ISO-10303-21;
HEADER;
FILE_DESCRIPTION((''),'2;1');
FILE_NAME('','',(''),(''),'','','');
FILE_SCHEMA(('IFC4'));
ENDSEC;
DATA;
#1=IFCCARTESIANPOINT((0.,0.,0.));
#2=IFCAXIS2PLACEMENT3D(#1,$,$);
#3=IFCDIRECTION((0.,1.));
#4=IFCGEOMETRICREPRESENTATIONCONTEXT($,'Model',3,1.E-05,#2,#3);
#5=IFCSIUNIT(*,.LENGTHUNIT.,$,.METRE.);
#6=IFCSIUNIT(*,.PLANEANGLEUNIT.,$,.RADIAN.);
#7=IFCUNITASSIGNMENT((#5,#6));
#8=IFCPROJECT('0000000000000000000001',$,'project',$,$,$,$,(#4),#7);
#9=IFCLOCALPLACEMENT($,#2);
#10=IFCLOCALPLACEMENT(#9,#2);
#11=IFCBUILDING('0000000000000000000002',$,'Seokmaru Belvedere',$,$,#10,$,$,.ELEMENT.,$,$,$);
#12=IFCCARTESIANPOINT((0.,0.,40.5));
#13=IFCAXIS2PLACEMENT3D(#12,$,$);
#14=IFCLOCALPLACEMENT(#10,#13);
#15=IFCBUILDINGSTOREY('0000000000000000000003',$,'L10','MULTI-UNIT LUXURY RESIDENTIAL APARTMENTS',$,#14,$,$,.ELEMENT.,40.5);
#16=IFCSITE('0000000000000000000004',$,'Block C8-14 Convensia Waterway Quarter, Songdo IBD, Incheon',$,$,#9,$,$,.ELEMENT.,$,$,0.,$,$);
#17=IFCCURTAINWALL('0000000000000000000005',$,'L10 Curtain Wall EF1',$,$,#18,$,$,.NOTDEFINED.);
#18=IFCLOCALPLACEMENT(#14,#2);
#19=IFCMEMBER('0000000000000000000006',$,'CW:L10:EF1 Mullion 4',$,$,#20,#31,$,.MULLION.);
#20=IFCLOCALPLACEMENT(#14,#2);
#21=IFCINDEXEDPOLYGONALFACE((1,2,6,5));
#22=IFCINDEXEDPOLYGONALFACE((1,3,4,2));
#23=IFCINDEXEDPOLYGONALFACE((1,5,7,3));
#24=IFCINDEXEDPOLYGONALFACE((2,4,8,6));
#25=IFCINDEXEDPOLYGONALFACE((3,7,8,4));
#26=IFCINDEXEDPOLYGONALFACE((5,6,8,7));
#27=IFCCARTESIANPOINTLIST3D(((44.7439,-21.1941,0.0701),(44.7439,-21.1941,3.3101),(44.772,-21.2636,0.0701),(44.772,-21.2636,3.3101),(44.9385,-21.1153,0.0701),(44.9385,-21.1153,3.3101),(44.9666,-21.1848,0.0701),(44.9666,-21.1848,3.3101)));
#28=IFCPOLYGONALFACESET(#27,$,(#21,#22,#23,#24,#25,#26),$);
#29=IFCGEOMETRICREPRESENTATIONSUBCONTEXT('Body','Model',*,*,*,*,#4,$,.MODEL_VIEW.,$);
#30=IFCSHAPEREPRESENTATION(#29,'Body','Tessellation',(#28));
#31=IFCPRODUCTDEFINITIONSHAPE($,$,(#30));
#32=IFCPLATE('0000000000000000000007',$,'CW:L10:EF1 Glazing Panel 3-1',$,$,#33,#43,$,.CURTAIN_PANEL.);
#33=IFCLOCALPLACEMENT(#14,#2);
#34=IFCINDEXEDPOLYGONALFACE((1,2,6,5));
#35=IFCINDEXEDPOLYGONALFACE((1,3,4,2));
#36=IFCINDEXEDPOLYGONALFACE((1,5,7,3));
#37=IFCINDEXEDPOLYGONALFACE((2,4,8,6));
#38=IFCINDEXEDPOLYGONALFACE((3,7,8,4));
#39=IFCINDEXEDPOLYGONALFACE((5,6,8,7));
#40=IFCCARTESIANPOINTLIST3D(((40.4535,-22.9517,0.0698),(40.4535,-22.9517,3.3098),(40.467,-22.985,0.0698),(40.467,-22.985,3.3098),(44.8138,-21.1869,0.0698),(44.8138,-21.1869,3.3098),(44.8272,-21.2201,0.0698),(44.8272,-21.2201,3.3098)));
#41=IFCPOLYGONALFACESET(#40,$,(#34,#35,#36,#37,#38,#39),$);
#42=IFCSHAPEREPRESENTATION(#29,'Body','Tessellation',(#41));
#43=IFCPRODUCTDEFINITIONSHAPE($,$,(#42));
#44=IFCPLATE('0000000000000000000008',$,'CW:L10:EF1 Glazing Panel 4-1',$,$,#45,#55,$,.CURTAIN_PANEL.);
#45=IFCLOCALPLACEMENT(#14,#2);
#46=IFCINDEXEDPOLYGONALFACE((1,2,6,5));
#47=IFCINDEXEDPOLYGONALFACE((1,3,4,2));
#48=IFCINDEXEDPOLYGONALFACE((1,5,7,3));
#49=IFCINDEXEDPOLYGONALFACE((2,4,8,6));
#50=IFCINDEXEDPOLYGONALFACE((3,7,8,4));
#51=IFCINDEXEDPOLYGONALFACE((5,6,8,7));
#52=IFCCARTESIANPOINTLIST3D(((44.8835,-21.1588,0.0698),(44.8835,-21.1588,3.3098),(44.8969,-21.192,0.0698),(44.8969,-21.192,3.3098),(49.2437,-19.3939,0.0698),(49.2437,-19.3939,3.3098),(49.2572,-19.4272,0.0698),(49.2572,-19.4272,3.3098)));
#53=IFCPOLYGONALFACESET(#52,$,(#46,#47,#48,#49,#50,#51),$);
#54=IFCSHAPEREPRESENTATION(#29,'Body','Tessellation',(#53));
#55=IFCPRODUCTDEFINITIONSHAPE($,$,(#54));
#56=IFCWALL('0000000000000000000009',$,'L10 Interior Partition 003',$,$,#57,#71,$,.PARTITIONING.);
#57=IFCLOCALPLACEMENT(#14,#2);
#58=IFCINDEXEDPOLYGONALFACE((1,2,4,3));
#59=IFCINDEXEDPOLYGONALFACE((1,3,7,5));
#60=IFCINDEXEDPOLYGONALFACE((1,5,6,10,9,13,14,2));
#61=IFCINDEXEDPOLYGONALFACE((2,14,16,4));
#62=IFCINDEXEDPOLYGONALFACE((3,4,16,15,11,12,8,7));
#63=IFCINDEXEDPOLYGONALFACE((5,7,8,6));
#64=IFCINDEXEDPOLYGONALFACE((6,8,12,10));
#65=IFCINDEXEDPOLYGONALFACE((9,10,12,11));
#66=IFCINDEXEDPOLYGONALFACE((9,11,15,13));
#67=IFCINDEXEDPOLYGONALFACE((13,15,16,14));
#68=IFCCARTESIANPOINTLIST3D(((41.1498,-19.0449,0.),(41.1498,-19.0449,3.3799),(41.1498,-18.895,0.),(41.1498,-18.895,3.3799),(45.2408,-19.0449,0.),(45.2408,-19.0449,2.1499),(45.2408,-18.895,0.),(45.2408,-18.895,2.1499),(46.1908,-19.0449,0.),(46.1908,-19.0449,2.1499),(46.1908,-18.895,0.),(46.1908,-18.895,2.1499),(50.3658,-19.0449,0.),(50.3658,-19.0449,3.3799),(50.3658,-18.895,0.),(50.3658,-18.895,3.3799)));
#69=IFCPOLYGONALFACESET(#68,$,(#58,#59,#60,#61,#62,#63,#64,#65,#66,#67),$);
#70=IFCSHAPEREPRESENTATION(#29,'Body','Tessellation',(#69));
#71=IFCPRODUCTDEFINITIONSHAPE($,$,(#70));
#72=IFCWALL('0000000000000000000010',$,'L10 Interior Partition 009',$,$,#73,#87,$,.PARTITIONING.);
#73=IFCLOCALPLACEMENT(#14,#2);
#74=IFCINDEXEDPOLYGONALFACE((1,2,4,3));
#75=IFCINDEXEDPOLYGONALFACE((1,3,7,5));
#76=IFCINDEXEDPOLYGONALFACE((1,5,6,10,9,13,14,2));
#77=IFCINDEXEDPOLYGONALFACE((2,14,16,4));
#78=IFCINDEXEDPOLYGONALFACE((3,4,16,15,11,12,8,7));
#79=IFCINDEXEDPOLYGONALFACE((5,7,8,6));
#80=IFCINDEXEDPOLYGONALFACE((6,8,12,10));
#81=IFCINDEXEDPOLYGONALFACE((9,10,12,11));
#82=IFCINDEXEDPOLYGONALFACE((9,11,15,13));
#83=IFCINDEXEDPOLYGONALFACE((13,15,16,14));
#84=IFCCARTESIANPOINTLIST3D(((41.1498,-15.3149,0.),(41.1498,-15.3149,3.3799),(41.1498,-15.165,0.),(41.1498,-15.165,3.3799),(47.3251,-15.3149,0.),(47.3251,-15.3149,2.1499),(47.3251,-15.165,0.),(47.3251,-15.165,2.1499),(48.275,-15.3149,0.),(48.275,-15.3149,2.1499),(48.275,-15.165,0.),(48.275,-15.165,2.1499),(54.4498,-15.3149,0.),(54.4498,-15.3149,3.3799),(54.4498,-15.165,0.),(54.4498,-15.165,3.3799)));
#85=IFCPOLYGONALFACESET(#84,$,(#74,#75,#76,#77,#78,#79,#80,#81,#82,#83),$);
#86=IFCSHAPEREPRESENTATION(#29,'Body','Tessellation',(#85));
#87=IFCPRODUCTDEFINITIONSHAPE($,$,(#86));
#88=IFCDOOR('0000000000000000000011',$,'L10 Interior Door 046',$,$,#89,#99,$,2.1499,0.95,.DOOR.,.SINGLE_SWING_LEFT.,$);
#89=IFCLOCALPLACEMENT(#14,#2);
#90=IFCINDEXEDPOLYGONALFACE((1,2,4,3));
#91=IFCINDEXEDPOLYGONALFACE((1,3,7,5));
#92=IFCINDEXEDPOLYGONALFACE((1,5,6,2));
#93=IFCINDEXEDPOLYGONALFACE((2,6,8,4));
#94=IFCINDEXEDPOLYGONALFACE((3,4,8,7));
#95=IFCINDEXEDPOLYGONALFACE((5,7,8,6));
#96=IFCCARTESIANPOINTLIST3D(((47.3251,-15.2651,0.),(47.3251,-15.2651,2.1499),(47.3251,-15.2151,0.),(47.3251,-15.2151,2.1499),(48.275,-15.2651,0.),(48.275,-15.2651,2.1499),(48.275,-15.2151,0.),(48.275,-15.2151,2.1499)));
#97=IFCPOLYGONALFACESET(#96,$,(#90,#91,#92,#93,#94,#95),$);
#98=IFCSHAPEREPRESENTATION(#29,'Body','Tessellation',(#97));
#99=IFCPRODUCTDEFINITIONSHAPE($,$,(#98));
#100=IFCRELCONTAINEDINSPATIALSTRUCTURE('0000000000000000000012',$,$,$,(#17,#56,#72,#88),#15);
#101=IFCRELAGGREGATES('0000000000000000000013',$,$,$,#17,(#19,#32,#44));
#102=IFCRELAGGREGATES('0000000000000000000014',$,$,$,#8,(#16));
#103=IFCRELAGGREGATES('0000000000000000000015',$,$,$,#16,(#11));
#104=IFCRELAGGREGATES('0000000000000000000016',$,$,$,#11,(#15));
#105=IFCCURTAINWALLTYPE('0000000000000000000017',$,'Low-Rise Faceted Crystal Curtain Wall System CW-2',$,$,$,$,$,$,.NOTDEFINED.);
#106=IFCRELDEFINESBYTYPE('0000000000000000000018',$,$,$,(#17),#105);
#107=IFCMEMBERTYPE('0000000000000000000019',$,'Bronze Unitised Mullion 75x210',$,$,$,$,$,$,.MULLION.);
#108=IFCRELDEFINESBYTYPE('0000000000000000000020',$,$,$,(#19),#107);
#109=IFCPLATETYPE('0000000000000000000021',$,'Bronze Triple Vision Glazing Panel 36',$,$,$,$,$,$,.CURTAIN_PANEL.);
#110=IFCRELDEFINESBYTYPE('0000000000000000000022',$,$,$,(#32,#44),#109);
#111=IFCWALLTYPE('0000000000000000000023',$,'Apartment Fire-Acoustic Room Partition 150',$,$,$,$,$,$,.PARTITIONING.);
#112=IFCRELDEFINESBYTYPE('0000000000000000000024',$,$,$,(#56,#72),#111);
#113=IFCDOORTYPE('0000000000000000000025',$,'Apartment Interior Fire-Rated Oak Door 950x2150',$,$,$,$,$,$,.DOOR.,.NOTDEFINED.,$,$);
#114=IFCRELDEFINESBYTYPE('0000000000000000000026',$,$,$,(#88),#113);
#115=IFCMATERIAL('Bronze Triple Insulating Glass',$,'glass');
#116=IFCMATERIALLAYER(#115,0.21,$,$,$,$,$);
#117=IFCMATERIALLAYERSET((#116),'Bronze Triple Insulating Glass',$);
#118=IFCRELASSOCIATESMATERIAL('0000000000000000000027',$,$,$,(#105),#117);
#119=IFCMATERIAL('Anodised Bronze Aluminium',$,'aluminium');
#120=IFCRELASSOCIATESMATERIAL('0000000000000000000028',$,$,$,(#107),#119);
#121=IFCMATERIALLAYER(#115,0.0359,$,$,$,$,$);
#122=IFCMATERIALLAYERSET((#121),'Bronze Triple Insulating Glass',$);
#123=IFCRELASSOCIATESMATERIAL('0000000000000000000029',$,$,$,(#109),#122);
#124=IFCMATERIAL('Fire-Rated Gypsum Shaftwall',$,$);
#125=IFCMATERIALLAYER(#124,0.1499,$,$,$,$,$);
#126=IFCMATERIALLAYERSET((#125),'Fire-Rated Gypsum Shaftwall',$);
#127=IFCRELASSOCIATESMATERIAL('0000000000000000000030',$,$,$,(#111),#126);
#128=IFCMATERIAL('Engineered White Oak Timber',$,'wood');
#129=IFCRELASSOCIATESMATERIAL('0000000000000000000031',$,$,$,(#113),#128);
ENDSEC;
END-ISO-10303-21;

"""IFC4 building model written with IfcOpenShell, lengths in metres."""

from ifc_helpers import new_model, si_unit, direction, frame, frame_2d, origin, origin_2d, place, context, subcontext, project, spatial, rectangle, extrude, source, transform, mapped, material, layer, layer_set, material_profile, profile_set, type_object, type_shapes, element, fill, aggregate, save


model = new_model("IFC4")

# Units and contexts
model_context = context("Model", 3, precision=1e-05, world=origin(), true_north=direction((0.0, 1.0)))
body_context = subcontext(model_context, "Body", "Model", "MODEL_VIEW")
ifc_project = project(units=[si_unit("LENGTHUNIT", "METRE"), si_unit("PLANEANGLEUNIT", "RADIAN")], contexts=[model_context])

# Site, building, storey
site_placement = place(None, origin())
site = spatial("IfcSite", under=ifc_project, at=site_placement, Name="Block C8-14 Convensia Waterway Quarter, Songdo IBD, Incheon", CompositionType="ELEMENT", RefElevation=0.0)
building_placement = place(site_placement, origin())
building = spatial("IfcBuilding", under=site, at=building_placement, Name="Seokmaru Belvedere", CompositionType="ELEMENT")
storey_placement = place(building_placement, frame((0.0, 0.0, 40.5)))
storey = spatial("IfcBuildingStorey", under=building, at=storey_placement, Name="L10", Description="MULTI-UNIT LUXURY RESIDENTIAL APARTMENTS", CompositionType="ELEMENT", Elevation=40.5)

# Curtain wall, member, plates
ifc_material_1 = material(Name="Bronze Triple Insulating Glass", Category="glass")
ifc_layer_1 = layer(ifc_material_1, 0.21)
ifc_layer_set_1 = layer_set([ifc_layer_1], Name="Bronze Triple Insulating Glass")
curtain_wall_type = type_object("IfcCurtainWallType", Name="Low-Rise Faceted Crystal Curtain Wall System CW-2", PredefinedType="NOTDEFINED", material=ifc_layer_set_1)
curtain_wall_placement = place(storey_placement, origin())
curtain_wall = element("IfcCurtainWall", 1, at=curtain_wall_placement, inside=storey, type_object=curtain_wall_type, Name="L10 Curtain Wall EF1", PredefinedType="NOTDEFINED")
ifc_material_2 = material(Name="Anodised Bronze Aluminium", Category="aluminium")
ifc_material_profile_1 = material_profile(ifc_material_2, rectangle(XDim=0.075, YDim=0.21, at=origin_2d()), Name="CW-M-75x210")
ifc_profile_set_1 = profile_set([ifc_material_profile_1], Name="Anodised Bronze Aluminium")
member_type = type_object("IfcMemberType", Name="Bronze Unitised Mullion 75x210", PredefinedType="MULLION", material=ifc_profile_set_1)
shared_shape_1 = source(origin(), body_context, "Body", "SweptSolid", [
    extrude(rectangle(XDim=0.075, YDim=0.21, at=origin_2d()), origin(), (0.0, 0.0, 1.0), 3.24),
])
type_shapes(member_type, [shared_shape_1])
member_1_placement = place(storey_placement, frame((44.8552, -21.1895, 0.0701), z_axis=(0.0, 0.0, 1.0), x_axis=(-0.375192, 0.926947, 0.0)))
member_1 = element("IfcMember", 2, at=member_1_placement, type_object=member_type, Name="CW:L10:EF1 Mullion 4", PredefinedType="MULLION", context=body_context, shape_type="MappedRepresentation", body=[
    mapped(shared_shape_1, transform((0.0, 0.0, 0.0), scale=1.0)),
])
ifc_layer_2 = layer(ifc_material_1, 0.0359)
ifc_layer_set_2 = layer_set([ifc_layer_2], Name="Bronze Triple Insulating Glass")
plate_type = type_object("IfcPlateType", Name="Bronze Triple Vision Glazing Panel 36", PredefinedType="CURTAIN_PANEL", material=ifc_layer_set_2)
shared_shape_2 = source(origin(), body_context, "Body", "SweptSolid", [
    extrude(rectangle(XDim=4.7039, YDim=0.0359, at=origin_2d()), origin(), (0.0, 0.0, 1.0), 3.24),
])
type_shapes(plate_type, [shared_shape_2])
plate_1_placement = place(storey_placement, frame((42.6404, -22.0859, 0.0698), z_axis=(0.0, 0.0, 1.0), x_axis=(0.926947, 0.375192, 0.0)))
plate_1 = element("IfcPlate", 3, at=plate_1_placement, type_object=plate_type, Name="CW:L10:EF1 Glazing Panel 3-1", PredefinedType="CURTAIN_PANEL", context=body_context, shape_type="MappedRepresentation", body=[
    mapped(shared_shape_2, transform((0.0, 0.0, 0.0), scale=1.0)),
])
plate_2_placement = place(storey_placement, frame((47.0703, -20.293, 0.0698), z_axis=(0.0, 0.0, 1.0), x_axis=(0.926947, 0.375192, 0.0)))
plate_2 = element("IfcPlate", 4, at=plate_2_placement, type_object=plate_type, Name="CW:L10:EF1 Glazing Panel 4-1", PredefinedType="CURTAIN_PANEL", context=body_context, shape_type="MappedRepresentation", body=[
    mapped(shared_shape_2, transform((0.0, 0.0, 0.0), scale=1.0)),
])
aggregate(curtain_wall, [member_1, plate_1, plate_2])

# Wall, opening
ifc_material_3 = material(Name="Fire-Rated Gypsum Shaftwall")
ifc_layer_3 = layer(ifc_material_3, 0.1499)
ifc_layer_set_3 = layer_set([ifc_layer_3], Name="Fire-Rated Gypsum Shaftwall")
wall_type_1 = type_object("IfcWallType", Name="Apartment Fire-Acoustic Room Partition 150", PredefinedType="PARTITIONING", material=ifc_layer_set_3)
wall_1_placement = place(storey_placement, frame((41.1499, -18.97, 0.0), z_axis=(0.0, 0.0, 1.0), x_axis=(1.0, 0.0, 0.0)))
wall_1 = element("IfcWall", 5, at=wall_1_placement, inside=storey, type_object=wall_type_1, Name="L10 Interior Partition 003", PredefinedType="PARTITIONING", context=body_context, shape_type="SweptSolid", body=[
    extrude(rectangle(XDim=9.2161, YDim=0.1499, at=frame_2d((4.6079, 0.0))), origin(), (0.0, 0.0, 1.0), 3.3799),
])
opening_1_placement = place(wall_1_placement, frame((4.0908, 0.0, 0.0)))
element("IfcOpeningElement", 6, at=opening_1_placement, cuts=wall_1, PredefinedType="OPENING", context=body_context, shape_type="SweptSolid", body=[
    extrude(rectangle(XDim=0.95, YDim=2.1499, at=frame_2d((0.4751, 1.075))), frame((0.0, 0.085, 0.0), z_axis=(0.0, -1.0, 0.0), x_axis=(1.0, 0.0, 0.0)), (0.0, 0.0, 1.0), 0.1699),
])

# Wall, opening, door
wall_2_placement = place(storey_placement, frame((41.1499, -15.24, 0.0), z_axis=(0.0, 0.0, 1.0), x_axis=(1.0, 0.0, 0.0)))
wall_2 = element("IfcWall", 7, at=wall_2_placement, inside=storey, type_object=wall_type_1, Name="L10 Interior Partition 009", PredefinedType="PARTITIONING", context=body_context, shape_type="SweptSolid", body=[
    extrude(rectangle(XDim=13.3, YDim=0.1499, at=frame_2d((6.6499, 0.0))), origin(), (0.0, 0.0, 1.0), 3.3799),
])
opening_2_placement = place(wall_2_placement, frame((6.175, 0.0, 0.0)))
opening_2 = element("IfcOpeningElement", 8, at=opening_2_placement, cuts=wall_2, PredefinedType="OPENING", context=body_context, shape_type="SweptSolid", body=[
    extrude(rectangle(XDim=0.95, YDim=2.1499, at=frame_2d((0.4751, 1.075))), frame((0.0, 0.085, 0.0), z_axis=(0.0, -1.0, 0.0), x_axis=(1.0, 0.0, 0.0)), (0.0, 0.0, 1.0), 0.1699),
])
ifc_material_4 = material(Name="Engineered White Oak Timber", Category="wood")
door_type_1 = type_object("IfcDoorType", Name="Apartment Interior Fire-Rated Oak Door 950x2150", OperationType="NOTDEFINED", PredefinedType="DOOR", material=ifc_material_4)
shared_shape_3 = source(origin(), body_context, "Body", "SweptSolid", [
    extrude(rectangle(XDim=0.95, YDim=2.1499, at=frame_2d((0.4751, 1.075))), frame((0.0, 0.0249, 0.0), z_axis=(0.0, -1.0, 0.0), x_axis=(1.0, 0.0, 0.0)), (0.0, 0.0, 1.0), 0.05),
])
type_shapes(door_type_1, [shared_shape_3])
door_1_placement = place(opening_2_placement, origin())
door_1 = element("IfcDoor", 9, at=door_1_placement, inside=storey, type_object=door_type_1, Name="L10 Interior Door 046", OperationType="SINGLE_SWING_LEFT", OverallHeight=2.1499, OverallWidth=0.95, PredefinedType="DOOR", context=body_context, shape_type="MappedRepresentation", body=[
    mapped(shared_shape_3, transform((0.0, 0.0, 0.0), scale=1.0)),
])
fill(opening_2, door_1)

save(model, "model.ifc")
